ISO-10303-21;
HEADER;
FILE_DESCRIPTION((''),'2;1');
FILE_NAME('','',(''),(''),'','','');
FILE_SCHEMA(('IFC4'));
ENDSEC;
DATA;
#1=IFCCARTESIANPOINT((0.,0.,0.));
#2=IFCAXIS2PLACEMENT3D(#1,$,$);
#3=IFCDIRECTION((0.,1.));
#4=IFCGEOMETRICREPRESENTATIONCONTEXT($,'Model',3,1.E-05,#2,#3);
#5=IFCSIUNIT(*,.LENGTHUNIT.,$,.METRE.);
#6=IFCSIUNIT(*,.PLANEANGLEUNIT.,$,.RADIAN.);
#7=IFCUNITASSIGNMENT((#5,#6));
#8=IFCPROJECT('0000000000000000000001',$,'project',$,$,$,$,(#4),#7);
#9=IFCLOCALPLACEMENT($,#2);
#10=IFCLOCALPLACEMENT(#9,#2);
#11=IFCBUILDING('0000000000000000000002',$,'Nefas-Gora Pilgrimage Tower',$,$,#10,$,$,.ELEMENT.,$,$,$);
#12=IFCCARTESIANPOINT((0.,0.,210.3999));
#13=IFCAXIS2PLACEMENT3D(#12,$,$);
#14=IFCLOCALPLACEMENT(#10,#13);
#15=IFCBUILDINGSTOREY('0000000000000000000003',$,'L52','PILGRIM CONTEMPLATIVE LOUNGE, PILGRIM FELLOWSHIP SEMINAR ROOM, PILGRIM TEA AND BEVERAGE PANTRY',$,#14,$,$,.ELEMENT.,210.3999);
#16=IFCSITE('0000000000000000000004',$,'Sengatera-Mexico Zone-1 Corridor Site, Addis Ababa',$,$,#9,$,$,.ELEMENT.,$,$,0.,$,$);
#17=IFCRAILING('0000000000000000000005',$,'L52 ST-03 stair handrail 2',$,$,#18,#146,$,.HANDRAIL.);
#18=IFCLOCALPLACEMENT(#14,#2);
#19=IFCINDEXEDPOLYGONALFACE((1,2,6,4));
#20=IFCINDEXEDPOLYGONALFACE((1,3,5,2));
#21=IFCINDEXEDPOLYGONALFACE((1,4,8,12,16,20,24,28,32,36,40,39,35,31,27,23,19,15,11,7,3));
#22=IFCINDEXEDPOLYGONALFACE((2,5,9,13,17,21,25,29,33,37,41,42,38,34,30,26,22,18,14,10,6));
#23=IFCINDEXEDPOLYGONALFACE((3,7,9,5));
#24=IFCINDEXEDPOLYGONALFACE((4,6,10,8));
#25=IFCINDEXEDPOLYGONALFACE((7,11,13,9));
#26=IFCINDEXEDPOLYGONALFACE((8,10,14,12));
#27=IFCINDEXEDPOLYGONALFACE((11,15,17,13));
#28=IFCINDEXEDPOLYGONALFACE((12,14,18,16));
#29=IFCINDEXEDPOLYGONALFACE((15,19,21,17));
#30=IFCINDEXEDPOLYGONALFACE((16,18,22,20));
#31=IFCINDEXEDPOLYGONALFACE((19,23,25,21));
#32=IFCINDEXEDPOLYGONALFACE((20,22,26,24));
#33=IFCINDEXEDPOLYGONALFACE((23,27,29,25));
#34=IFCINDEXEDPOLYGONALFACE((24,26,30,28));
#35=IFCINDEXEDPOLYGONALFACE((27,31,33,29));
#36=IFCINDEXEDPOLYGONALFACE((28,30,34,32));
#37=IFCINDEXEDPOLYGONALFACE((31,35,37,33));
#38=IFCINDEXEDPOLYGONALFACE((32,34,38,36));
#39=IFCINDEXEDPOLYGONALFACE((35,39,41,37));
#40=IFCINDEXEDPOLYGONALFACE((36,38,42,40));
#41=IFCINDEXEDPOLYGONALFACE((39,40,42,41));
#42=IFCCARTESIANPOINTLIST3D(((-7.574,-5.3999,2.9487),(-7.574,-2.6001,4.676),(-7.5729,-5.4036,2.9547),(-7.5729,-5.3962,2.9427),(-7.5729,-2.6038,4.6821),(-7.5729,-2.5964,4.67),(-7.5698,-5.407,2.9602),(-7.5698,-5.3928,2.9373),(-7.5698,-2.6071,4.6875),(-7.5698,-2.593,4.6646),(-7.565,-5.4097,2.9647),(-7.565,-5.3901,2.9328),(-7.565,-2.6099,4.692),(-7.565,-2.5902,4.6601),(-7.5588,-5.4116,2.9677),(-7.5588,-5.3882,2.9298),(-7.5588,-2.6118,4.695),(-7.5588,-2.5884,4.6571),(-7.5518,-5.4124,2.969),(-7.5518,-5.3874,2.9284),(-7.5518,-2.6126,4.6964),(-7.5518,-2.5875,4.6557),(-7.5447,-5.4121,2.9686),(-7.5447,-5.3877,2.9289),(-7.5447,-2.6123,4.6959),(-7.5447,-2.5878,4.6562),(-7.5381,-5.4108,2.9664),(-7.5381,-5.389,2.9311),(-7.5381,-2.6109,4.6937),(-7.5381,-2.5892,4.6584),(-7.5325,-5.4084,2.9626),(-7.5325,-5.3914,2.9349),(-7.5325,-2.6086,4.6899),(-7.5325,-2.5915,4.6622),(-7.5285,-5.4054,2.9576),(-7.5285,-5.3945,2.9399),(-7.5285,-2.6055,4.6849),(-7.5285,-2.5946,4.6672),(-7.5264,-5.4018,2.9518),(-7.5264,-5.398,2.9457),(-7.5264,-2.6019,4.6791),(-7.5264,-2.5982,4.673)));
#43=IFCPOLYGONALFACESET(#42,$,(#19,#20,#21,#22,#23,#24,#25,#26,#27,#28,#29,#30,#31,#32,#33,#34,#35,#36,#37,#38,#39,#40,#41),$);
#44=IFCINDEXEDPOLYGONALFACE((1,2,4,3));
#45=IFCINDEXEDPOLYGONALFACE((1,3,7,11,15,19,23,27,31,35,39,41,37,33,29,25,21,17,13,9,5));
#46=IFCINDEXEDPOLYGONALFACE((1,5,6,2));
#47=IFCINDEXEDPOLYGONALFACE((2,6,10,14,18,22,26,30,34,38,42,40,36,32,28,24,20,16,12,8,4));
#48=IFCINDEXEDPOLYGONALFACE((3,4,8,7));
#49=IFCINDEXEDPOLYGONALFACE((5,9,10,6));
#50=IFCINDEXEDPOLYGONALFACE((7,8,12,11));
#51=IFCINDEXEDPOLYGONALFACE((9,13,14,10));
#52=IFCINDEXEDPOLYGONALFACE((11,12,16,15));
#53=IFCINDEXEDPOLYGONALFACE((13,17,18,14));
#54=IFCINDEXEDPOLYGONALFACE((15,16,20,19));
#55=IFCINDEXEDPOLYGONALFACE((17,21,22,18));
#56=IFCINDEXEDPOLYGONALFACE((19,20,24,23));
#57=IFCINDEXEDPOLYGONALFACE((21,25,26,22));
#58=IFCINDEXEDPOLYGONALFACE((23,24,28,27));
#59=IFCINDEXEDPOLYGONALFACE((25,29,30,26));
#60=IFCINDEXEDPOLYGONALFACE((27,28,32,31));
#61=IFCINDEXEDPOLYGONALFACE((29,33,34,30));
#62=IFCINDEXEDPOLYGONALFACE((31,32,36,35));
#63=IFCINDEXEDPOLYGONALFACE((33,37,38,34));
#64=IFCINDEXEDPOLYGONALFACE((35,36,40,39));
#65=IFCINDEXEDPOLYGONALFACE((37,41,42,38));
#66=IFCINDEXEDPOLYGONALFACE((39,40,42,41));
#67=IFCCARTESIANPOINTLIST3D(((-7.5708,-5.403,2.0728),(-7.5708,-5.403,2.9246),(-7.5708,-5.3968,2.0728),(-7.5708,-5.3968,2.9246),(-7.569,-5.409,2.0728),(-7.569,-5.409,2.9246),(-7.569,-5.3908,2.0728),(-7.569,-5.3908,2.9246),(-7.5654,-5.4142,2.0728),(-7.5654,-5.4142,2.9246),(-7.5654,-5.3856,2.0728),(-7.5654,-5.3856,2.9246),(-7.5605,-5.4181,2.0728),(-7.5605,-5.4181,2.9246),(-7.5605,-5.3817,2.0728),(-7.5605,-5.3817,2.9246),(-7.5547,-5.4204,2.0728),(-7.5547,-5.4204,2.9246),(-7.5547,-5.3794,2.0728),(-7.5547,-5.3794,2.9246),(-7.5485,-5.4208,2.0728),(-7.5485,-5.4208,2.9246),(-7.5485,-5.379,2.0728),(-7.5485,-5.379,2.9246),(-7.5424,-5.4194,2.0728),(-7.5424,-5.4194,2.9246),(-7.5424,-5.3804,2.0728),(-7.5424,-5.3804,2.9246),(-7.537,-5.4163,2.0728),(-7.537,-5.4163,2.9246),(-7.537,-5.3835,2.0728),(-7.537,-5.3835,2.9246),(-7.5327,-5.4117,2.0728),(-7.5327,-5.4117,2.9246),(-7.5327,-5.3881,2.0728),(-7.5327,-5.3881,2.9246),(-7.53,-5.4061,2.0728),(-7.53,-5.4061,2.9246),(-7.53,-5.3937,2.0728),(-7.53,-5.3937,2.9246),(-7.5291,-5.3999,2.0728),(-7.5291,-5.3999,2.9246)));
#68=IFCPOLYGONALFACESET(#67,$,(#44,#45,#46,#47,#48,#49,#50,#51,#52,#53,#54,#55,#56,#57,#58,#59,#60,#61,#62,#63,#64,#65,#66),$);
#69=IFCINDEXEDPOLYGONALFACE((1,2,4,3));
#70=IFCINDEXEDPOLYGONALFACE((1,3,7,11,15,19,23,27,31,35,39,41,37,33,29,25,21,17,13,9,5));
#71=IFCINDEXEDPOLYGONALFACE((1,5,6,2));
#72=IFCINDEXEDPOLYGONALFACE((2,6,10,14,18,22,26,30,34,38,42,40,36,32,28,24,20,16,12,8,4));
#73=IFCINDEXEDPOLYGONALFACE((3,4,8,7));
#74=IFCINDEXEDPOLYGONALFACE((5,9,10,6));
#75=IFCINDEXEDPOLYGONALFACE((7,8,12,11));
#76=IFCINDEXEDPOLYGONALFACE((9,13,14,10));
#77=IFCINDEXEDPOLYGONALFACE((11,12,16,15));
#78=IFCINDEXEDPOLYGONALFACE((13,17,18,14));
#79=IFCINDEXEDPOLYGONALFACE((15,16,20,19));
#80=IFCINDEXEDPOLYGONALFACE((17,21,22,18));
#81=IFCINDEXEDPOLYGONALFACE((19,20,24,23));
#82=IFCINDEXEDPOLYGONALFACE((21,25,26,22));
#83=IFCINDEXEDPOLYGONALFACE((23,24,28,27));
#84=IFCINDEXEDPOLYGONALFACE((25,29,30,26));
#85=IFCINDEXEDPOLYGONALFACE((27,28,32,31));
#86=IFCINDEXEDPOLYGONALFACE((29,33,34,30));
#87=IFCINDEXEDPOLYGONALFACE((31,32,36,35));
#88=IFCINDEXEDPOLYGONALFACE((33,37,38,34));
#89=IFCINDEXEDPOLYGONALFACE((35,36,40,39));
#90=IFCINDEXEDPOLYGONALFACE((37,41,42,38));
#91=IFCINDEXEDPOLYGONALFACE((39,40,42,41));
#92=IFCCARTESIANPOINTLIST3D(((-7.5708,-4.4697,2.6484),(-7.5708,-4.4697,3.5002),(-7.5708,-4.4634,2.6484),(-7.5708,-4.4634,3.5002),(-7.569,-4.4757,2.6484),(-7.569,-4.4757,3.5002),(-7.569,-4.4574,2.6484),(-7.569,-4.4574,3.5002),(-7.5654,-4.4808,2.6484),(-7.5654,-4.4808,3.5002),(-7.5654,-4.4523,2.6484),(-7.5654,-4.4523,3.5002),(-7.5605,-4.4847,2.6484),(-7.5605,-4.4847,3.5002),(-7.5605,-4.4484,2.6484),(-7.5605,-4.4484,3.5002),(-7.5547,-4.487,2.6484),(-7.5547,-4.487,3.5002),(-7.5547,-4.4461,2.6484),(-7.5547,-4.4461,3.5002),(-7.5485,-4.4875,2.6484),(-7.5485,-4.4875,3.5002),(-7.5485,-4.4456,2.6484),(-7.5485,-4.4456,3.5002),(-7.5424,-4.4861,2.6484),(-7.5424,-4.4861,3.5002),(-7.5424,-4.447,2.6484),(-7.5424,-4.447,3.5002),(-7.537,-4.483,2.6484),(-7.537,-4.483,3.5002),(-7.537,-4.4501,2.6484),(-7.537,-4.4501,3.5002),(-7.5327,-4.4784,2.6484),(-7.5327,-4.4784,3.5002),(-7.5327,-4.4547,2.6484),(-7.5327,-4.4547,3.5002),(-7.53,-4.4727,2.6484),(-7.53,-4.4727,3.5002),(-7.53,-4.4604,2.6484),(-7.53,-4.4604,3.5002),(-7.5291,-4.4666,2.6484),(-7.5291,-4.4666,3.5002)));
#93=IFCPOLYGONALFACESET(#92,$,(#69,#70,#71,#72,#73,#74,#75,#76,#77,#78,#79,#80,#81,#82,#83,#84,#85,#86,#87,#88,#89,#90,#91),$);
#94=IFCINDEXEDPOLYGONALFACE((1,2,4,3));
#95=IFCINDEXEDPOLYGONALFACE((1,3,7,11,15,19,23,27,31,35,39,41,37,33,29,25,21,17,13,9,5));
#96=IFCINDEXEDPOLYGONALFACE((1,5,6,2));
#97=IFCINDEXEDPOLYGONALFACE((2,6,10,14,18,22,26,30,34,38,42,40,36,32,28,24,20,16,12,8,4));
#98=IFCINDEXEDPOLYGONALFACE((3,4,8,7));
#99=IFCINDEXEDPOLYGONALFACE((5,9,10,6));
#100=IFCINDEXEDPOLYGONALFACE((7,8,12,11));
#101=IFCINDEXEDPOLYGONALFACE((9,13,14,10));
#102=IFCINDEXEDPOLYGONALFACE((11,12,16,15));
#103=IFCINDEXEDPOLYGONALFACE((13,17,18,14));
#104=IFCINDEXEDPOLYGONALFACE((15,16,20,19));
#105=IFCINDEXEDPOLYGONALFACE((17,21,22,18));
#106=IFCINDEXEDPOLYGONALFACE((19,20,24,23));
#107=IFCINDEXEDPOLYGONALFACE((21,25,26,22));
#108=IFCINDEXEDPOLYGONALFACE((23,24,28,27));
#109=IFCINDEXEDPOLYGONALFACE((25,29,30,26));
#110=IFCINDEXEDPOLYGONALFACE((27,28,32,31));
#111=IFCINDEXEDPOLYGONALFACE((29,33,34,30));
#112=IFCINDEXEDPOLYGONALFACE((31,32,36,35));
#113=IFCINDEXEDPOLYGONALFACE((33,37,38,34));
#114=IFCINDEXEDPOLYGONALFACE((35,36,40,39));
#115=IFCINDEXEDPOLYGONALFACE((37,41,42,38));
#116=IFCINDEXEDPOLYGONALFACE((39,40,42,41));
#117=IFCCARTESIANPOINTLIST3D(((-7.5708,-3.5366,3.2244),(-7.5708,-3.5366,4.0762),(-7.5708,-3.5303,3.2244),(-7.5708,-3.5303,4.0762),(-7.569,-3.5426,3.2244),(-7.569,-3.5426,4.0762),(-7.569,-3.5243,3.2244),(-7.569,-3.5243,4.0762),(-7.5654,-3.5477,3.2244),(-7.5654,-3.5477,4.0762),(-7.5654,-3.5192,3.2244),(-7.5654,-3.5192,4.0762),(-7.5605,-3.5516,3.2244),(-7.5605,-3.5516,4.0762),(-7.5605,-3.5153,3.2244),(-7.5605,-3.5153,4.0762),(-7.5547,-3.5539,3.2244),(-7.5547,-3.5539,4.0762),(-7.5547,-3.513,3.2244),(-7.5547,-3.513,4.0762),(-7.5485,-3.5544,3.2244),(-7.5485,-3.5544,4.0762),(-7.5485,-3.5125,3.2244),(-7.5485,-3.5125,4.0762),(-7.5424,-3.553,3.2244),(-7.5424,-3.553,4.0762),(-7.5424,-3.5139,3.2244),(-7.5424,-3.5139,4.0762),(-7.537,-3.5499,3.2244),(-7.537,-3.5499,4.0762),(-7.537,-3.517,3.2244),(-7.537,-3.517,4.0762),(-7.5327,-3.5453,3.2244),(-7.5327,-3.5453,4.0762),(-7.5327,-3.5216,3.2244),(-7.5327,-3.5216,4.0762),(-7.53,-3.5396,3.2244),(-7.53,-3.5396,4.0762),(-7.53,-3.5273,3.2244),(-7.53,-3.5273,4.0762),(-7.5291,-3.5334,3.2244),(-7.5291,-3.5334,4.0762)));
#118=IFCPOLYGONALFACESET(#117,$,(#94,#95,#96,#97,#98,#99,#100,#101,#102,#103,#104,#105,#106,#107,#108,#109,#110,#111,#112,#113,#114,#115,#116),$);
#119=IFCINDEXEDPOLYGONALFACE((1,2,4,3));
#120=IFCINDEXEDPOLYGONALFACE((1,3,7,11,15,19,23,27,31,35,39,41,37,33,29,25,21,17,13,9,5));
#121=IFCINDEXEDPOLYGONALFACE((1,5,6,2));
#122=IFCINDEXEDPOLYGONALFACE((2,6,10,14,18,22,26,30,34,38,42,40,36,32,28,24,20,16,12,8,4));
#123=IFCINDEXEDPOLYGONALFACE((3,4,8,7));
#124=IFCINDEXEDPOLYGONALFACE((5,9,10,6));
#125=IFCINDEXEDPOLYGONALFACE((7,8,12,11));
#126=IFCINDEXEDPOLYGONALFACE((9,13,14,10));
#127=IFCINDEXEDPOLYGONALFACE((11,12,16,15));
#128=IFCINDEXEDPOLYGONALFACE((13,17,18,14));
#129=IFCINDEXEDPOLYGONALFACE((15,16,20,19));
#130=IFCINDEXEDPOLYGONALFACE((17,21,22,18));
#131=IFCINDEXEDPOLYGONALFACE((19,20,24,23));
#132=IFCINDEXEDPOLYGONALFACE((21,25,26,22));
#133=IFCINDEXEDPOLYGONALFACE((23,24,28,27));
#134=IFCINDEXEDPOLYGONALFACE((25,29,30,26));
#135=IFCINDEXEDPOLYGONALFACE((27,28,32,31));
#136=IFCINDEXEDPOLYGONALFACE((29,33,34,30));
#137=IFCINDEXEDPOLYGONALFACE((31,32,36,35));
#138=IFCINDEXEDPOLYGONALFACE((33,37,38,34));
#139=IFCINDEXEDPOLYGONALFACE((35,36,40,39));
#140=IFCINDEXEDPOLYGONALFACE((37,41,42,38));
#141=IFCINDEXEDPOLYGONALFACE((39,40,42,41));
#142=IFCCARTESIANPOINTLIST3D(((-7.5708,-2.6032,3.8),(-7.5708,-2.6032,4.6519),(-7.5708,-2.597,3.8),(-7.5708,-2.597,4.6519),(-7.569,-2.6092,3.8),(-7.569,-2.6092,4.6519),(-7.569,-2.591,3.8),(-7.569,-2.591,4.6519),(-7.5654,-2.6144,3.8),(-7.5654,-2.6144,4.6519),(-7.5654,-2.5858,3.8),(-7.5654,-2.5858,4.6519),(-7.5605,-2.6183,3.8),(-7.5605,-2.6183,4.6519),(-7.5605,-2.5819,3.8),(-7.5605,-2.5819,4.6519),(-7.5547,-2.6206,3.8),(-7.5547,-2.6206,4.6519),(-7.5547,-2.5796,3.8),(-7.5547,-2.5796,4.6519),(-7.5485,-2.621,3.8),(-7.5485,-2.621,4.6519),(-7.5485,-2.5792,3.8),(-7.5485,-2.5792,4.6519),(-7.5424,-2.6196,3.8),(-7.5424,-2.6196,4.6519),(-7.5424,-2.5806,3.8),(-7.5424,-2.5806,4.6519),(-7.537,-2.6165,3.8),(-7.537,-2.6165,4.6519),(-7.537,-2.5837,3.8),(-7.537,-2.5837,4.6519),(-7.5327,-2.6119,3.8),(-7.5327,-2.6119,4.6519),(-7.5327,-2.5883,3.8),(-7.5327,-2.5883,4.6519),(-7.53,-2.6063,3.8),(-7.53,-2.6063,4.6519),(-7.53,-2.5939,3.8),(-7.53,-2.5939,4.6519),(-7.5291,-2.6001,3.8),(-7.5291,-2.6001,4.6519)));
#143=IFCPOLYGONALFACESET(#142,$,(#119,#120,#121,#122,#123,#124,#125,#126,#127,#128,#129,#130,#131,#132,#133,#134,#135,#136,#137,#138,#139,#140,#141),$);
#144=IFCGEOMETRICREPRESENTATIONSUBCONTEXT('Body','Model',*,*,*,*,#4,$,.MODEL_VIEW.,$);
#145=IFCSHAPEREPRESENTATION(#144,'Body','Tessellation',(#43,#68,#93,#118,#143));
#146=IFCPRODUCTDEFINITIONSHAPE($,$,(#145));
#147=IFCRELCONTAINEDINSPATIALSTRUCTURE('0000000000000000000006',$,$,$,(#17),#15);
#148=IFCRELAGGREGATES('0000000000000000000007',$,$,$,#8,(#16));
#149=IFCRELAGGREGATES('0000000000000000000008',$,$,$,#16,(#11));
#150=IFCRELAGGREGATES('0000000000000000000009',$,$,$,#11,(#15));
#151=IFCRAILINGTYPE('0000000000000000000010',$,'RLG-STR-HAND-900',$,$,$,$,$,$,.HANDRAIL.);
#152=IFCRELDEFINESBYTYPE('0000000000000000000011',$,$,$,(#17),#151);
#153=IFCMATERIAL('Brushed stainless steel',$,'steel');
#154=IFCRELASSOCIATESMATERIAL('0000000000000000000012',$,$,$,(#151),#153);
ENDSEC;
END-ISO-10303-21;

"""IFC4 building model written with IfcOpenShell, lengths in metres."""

from ifc_helpers import new_model, si_unit, direction, frame, origin, origin_2d, place, context, subcontext, project, spatial, circle, extrude, material, type_object, element, save


model = new_model("IFC4")

# Units and contexts
model_context = context("Model", 3, precision=1e-05, world=origin(), true_north=direction((0.0, 1.0)))
body_context = subcontext(model_context, "Body", "Model", "MODEL_VIEW")
ifc_project = project(units=[si_unit("LENGTHUNIT", "METRE"), si_unit("PLANEANGLEUNIT", "RADIAN")], contexts=[model_context])

# Site, building, storey
site_placement = place(None, origin())
site = spatial("IfcSite", under=ifc_project, at=site_placement, Name="Sengatera-Mexico Zone-1 Corridor Site, Addis Ababa", CompositionType="ELEMENT", RefElevation=0.0)
building_placement = place(site_placement, origin())
building = spatial("IfcBuilding", under=site, at=building_placement, Name="Nefas-Gora Pilgrimage Tower", CompositionType="ELEMENT")
storey_placement = place(building_placement, frame((0.0, 0.0, 210.3999)))
storey = spatial("IfcBuildingStorey", under=building, at=storey_placement, Name="L52", Description="PILGRIM CONTEMPLATIVE LOUNGE, PILGRIM FELLOWSHIP SEMINAR ROOM, PILGRIM TEA AND BEVERAGE PANTRY", CompositionType="ELEMENT", Elevation=210.3999)

# Railing
ifc_material_1 = material(Name="Brushed stainless steel", Category="steel")
railing_type_1 = type_object("IfcRailingType", Name="RLG-STR-HAND-900", PredefinedType="HANDRAIL", material=ifc_material_1)
railing_1_placement = place(storey_placement, frame((-7.55, -5.3999, 2.0728)))
element("IfcRailing", 1, at=railing_1_placement, inside=storey, type_object=railing_type_1, Name="L52 ST-03 stair handrail 2", PredefinedType="HANDRAIL", context=body_context, shape_type="SweptSolid", body=[
    extrude(circle(Radius=0.0239, at=origin_2d()), frame((0.0, 0.0, 0.876), z_axis=(0.0, 0.851069, 0.525054), x_axis=(-1.0, 0.0, 0.0)), (0.0, 0.0, 1.0), 3.2898),
    extrude(circle(Radius=0.021, at=origin_2d()), origin(), (0.0, 0.0, 1.0), 0.8518),
    extrude(circle(Radius=0.021, at=origin_2d()), frame((0.0, 0.9333, 0.5757)), (0.0, 0.0, 1.0), 0.8518),
    extrude(circle(Radius=0.021, at=origin_2d()), frame((0.0, 1.8665, 1.1516)), (0.0, 0.0, 1.0), 0.8518),
    extrude(circle(Radius=0.021, at=origin_2d()), frame((0.0, 2.7998, 1.7273)), (0.0, 0.0, 1.0), 0.8518),
])

save(model, "model.ifc")
